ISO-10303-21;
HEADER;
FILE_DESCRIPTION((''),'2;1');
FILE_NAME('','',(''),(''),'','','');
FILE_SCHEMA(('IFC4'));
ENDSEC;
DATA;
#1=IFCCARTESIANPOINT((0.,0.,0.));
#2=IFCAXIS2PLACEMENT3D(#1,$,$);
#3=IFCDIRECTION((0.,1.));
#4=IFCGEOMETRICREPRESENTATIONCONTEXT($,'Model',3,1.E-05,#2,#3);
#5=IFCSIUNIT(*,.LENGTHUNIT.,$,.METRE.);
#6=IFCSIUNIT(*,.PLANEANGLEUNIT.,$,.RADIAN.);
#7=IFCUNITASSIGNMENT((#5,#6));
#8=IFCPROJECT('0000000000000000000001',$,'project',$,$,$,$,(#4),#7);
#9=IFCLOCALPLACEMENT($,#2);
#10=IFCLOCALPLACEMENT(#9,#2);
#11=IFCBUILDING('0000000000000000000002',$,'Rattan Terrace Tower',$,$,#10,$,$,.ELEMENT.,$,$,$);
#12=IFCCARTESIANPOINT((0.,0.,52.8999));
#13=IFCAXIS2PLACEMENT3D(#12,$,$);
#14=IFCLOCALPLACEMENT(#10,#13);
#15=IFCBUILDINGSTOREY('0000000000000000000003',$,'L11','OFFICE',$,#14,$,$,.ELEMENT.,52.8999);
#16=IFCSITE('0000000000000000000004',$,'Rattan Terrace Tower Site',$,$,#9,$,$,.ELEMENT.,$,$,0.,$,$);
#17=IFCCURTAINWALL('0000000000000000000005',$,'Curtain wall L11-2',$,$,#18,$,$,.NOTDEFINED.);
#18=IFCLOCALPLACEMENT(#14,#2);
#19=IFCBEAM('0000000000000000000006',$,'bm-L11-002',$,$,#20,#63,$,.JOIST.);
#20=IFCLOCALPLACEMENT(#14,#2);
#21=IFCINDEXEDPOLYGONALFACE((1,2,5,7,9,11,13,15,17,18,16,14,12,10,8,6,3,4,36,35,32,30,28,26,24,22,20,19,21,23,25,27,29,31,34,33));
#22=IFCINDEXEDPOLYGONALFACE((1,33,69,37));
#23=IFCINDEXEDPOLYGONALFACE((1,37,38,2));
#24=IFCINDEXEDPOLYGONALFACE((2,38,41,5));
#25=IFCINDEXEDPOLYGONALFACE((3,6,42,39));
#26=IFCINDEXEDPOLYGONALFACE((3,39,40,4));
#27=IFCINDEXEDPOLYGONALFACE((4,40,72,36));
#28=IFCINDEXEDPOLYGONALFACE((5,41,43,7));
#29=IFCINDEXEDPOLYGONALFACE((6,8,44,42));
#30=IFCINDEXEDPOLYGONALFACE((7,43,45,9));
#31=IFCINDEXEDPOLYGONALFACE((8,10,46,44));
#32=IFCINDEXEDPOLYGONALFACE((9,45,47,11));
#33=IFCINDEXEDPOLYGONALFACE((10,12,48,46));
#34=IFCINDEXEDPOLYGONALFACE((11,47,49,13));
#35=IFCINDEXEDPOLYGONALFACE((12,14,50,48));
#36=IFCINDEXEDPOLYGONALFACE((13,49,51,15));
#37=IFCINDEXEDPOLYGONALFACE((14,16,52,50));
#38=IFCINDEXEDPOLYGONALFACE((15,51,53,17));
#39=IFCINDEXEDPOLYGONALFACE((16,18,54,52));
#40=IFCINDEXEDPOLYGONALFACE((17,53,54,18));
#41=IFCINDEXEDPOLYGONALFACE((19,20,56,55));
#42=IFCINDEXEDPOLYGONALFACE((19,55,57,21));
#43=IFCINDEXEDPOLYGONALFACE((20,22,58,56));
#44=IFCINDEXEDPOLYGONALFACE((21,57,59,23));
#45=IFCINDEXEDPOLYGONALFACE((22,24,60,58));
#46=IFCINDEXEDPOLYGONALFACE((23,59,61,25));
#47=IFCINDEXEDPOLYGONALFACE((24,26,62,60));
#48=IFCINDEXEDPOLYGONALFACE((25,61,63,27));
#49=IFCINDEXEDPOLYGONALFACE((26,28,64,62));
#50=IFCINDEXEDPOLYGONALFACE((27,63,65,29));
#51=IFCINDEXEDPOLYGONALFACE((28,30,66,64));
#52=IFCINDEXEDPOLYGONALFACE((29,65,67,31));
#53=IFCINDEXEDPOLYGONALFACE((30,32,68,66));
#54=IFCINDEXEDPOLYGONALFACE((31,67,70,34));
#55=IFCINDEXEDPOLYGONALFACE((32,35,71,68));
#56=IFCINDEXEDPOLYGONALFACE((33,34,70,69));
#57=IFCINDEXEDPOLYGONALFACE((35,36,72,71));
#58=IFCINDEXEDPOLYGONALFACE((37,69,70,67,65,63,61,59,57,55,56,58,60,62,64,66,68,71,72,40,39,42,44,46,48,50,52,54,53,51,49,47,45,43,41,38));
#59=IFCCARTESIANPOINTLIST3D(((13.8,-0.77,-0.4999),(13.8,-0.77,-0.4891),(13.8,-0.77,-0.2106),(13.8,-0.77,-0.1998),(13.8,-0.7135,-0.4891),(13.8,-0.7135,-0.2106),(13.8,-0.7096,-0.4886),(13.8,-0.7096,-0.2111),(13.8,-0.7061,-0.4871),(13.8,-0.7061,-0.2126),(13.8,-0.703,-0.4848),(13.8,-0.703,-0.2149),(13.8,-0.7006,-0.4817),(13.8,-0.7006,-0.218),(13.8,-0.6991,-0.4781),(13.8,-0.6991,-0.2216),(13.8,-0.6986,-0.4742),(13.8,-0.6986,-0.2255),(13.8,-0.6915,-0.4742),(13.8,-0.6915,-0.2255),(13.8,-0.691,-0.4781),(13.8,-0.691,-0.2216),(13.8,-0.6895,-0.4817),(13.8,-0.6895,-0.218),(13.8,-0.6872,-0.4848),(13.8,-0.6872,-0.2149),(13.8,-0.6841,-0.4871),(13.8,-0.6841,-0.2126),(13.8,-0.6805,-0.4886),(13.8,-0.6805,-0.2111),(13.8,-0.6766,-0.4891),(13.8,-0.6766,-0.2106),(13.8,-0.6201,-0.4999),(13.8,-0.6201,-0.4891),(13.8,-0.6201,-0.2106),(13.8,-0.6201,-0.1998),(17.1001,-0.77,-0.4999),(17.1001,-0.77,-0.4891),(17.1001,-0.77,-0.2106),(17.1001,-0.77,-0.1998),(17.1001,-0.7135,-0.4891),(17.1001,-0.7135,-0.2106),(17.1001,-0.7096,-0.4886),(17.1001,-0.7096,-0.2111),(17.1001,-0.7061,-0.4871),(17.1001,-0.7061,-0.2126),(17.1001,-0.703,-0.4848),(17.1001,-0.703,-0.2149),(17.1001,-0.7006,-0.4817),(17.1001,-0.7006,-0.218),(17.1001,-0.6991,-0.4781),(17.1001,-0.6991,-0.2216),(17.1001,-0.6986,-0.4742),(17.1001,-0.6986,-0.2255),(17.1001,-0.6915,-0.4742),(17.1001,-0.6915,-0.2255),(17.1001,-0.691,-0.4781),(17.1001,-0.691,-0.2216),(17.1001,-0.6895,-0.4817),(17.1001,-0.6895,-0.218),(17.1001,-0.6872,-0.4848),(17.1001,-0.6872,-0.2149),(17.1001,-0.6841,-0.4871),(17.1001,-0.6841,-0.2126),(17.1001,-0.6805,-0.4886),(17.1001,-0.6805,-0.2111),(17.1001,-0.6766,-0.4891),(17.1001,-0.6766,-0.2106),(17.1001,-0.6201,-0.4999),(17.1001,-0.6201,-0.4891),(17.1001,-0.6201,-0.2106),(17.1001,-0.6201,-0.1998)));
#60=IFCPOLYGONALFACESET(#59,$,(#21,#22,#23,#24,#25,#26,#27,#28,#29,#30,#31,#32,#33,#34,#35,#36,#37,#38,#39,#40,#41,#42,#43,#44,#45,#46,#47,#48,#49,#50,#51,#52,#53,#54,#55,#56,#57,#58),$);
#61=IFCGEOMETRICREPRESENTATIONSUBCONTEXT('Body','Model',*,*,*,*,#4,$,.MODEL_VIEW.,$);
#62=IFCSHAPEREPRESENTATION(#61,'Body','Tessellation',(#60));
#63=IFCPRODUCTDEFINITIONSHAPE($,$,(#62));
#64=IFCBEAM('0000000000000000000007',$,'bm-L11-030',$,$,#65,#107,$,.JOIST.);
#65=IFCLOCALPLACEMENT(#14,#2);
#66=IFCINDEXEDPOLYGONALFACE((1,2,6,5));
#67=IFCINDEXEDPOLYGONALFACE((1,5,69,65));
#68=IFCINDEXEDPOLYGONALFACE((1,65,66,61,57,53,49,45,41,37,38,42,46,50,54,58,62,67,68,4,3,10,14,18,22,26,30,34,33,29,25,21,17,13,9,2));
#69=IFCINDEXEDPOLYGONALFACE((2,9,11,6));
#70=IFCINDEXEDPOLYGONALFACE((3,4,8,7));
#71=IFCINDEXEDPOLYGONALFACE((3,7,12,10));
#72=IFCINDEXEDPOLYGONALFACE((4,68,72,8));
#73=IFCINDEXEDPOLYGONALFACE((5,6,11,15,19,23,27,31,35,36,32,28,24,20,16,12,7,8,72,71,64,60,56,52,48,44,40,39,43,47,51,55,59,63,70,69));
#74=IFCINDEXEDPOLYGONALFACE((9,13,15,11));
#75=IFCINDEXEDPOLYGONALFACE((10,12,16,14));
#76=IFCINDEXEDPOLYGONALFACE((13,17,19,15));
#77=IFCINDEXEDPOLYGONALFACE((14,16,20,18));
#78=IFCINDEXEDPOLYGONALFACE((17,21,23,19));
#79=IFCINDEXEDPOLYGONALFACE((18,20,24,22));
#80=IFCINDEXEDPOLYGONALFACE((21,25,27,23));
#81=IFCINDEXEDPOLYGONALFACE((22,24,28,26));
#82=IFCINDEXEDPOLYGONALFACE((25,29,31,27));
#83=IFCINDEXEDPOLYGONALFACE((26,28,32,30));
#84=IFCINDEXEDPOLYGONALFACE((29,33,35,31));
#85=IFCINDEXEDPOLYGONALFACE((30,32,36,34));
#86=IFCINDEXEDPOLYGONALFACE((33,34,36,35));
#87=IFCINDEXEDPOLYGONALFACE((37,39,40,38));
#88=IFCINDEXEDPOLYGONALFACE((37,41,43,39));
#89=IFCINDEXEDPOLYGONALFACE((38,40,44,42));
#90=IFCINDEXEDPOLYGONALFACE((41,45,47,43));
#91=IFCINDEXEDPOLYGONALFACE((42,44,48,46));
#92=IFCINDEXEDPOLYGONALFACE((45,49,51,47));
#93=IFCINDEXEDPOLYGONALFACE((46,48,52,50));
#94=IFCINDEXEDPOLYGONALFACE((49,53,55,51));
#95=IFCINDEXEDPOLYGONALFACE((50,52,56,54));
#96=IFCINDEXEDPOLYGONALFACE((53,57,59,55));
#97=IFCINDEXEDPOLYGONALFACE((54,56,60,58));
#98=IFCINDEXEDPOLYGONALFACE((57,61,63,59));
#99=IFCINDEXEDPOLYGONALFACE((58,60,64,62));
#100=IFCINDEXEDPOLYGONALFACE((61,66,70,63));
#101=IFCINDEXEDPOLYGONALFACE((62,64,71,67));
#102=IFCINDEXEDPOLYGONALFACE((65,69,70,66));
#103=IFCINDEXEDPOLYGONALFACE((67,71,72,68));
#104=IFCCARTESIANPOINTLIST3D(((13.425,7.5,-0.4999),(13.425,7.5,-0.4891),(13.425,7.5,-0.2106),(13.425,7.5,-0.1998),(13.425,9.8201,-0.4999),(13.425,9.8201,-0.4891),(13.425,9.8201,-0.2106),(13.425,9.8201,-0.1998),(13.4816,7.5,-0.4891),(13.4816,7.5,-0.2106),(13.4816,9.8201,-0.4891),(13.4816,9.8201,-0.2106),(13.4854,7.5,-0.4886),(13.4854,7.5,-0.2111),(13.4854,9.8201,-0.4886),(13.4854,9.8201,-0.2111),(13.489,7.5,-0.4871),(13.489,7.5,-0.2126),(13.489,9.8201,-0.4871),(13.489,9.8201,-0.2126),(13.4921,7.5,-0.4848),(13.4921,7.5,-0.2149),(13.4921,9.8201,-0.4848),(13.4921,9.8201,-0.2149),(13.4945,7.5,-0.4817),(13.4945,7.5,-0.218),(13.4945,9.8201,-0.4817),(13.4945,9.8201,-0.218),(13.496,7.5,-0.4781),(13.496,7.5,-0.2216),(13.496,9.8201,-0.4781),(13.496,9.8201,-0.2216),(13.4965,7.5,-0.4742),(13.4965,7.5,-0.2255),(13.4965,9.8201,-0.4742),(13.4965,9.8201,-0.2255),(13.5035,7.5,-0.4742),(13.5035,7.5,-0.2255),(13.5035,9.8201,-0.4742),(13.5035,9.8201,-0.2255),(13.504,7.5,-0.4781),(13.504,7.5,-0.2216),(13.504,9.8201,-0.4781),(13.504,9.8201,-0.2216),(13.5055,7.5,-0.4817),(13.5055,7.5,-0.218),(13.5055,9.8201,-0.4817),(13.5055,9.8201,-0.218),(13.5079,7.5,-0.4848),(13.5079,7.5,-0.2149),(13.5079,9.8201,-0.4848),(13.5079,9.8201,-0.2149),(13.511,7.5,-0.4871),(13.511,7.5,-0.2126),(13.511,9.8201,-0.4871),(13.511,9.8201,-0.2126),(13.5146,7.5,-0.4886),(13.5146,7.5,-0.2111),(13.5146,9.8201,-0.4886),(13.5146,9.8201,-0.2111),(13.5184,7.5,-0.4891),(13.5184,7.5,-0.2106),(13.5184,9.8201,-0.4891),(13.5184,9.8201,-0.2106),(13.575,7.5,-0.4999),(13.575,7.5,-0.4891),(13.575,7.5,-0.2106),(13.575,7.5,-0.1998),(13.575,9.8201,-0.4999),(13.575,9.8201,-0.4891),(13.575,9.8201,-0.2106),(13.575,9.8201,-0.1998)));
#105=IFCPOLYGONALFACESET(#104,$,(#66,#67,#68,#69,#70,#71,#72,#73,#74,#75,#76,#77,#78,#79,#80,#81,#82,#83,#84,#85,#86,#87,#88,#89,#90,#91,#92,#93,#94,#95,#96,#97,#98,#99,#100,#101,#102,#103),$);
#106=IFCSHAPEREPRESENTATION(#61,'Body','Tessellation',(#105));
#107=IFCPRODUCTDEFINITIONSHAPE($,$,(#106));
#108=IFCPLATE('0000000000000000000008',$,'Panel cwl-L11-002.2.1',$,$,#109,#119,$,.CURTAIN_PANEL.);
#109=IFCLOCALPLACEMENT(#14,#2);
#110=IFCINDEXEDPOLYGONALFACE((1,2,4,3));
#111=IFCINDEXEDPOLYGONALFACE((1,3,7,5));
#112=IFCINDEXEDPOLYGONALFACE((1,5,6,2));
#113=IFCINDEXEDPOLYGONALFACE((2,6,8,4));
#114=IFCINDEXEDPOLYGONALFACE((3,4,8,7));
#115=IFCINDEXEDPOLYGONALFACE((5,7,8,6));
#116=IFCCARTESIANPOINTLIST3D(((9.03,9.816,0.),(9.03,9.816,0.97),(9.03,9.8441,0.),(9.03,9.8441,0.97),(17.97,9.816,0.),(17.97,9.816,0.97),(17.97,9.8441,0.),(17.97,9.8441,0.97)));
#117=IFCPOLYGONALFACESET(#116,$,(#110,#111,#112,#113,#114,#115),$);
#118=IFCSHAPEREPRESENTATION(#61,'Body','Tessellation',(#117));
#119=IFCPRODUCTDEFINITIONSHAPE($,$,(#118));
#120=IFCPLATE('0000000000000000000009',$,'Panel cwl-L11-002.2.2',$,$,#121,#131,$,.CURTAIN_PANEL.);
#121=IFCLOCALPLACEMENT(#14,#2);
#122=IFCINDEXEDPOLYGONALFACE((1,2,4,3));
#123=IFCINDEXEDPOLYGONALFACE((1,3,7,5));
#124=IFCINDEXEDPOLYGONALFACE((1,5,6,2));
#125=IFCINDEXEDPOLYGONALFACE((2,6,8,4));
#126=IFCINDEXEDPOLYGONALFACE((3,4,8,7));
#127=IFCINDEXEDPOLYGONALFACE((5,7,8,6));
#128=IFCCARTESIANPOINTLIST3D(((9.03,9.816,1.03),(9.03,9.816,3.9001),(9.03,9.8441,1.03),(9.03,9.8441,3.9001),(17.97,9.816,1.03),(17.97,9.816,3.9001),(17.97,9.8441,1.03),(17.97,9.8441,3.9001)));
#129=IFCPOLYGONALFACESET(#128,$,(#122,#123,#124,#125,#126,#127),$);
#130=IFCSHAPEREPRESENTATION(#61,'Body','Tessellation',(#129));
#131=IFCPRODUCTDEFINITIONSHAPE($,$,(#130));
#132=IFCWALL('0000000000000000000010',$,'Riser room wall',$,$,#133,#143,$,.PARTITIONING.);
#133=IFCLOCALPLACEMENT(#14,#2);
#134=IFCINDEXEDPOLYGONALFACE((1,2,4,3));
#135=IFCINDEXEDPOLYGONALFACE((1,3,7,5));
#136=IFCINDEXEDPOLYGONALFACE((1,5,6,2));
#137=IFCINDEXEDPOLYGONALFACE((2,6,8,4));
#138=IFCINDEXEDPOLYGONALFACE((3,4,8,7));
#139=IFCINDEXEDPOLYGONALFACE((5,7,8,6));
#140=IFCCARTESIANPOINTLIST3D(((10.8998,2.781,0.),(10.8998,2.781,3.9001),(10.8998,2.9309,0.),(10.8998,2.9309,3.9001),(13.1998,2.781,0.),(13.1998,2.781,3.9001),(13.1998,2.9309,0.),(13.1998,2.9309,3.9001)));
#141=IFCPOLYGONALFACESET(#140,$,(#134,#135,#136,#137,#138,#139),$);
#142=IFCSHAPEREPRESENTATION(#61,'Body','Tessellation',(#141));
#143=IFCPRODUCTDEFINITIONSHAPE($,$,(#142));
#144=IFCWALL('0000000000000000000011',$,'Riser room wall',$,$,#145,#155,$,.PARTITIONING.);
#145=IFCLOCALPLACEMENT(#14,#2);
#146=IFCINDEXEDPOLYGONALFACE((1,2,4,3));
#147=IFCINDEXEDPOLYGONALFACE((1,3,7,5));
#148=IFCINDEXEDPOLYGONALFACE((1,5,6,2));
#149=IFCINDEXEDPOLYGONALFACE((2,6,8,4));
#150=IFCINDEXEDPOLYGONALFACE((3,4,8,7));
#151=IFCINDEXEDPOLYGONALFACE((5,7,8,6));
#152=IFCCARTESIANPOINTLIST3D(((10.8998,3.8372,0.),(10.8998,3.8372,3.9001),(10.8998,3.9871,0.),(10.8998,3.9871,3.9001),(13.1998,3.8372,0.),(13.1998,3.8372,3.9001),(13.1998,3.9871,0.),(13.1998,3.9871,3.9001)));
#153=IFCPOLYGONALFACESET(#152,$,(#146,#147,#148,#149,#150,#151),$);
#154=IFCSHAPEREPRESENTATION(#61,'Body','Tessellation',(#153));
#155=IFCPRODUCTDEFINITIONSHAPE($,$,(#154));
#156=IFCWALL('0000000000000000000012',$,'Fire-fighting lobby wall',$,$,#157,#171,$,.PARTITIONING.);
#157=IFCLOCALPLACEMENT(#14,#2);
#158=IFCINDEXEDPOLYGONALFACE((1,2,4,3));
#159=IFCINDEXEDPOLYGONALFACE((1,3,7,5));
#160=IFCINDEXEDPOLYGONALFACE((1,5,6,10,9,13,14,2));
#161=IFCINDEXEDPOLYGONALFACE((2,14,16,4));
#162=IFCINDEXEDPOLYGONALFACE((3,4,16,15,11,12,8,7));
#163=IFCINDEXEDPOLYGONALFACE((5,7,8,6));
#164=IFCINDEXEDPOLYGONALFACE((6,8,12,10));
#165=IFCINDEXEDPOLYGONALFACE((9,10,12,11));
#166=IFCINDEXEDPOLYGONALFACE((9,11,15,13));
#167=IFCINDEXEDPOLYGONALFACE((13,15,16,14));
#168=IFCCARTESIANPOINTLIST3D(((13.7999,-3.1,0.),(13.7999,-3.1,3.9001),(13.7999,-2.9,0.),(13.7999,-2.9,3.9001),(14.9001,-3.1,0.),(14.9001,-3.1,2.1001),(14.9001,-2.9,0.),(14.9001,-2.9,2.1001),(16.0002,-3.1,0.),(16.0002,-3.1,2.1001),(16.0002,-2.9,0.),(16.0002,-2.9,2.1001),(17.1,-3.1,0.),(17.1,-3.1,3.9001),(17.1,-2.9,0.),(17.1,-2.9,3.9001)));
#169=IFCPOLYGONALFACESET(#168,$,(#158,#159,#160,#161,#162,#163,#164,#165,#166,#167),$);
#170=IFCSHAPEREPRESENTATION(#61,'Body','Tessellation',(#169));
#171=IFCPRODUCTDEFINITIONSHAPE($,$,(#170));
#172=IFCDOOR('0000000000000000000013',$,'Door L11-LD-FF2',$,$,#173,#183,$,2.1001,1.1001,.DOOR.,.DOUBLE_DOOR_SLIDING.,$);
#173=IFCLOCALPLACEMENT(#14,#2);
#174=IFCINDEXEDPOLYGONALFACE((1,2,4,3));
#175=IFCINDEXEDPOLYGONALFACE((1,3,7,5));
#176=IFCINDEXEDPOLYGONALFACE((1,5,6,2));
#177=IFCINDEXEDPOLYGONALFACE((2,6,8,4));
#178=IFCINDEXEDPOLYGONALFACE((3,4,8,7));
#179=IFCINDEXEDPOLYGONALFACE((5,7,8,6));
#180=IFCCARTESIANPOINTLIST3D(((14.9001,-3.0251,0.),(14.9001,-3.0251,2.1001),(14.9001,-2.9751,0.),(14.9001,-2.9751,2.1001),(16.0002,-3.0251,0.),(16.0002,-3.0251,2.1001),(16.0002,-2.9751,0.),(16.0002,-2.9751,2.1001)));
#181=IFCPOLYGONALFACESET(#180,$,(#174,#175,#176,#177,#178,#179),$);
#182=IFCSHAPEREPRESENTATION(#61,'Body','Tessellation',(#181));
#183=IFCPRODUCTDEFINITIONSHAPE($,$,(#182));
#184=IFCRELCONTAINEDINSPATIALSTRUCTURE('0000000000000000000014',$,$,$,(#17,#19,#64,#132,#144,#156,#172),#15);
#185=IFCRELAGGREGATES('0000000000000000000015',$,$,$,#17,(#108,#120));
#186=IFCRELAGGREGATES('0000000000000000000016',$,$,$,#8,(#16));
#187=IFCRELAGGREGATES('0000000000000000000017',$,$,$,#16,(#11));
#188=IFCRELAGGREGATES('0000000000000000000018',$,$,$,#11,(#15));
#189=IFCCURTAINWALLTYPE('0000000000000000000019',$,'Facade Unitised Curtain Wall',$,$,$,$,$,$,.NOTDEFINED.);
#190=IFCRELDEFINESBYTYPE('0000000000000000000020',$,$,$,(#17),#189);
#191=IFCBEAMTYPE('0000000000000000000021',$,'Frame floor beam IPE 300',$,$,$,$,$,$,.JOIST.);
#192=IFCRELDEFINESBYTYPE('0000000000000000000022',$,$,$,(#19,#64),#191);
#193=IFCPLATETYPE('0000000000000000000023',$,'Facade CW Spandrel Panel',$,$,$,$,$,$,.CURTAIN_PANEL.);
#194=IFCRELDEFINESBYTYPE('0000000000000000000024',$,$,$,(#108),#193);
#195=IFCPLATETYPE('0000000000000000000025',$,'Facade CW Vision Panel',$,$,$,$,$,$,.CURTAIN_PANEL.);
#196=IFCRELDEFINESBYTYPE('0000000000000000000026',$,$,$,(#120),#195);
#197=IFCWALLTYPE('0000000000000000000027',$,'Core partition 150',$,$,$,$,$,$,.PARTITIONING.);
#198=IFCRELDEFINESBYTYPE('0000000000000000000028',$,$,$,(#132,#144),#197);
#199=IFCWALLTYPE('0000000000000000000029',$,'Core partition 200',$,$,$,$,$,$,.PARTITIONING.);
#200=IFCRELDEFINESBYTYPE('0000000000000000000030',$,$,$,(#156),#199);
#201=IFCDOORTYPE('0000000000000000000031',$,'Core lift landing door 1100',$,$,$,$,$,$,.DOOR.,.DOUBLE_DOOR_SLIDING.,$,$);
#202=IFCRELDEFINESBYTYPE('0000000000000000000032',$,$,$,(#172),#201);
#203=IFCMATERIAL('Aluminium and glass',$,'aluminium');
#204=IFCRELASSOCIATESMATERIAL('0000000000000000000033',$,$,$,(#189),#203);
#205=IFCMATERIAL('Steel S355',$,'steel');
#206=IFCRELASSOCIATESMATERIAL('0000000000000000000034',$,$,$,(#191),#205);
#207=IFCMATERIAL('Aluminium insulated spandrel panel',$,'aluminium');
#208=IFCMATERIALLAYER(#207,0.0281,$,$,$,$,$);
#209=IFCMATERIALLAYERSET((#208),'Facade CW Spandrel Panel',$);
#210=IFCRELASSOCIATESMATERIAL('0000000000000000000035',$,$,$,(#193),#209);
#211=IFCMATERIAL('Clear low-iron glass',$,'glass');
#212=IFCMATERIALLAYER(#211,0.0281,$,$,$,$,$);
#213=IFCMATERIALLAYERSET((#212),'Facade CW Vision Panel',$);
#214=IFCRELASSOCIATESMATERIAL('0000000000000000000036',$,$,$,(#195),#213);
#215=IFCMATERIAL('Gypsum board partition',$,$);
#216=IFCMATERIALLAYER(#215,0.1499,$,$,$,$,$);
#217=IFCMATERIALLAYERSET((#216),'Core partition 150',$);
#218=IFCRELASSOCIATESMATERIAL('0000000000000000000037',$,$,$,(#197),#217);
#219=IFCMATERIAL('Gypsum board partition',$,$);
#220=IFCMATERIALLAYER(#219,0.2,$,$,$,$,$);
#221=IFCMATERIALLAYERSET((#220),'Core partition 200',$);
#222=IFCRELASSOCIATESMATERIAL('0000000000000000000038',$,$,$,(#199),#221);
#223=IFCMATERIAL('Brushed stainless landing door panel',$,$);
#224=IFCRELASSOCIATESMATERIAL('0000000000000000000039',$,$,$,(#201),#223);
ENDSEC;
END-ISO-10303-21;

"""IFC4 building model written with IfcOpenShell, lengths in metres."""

from ifc_helpers import new_model, si_unit, direction, frame, frame_2d, origin, origin_2d, place, context, subcontext, project, spatial, rectangle, i_section, extrude, material, layer, layer_set, material_profile, profile_set, type_object, element, fill, aggregate, save


model = new_model("IFC4")

# Units and contexts
model_context = context("Model", 3, precision=1e-05, world=origin(), true_north=direction((0.0, 1.0)))
body_context = subcontext(model_context, "Body", "Model", "MODEL_VIEW")
ifc_project = project(units=[si_unit("LENGTHUNIT", "METRE"), si_unit("PLANEANGLEUNIT", "RADIAN")], contexts=[model_context])

# Site, building, storey
site_placement = place(None, origin())
site = spatial("IfcSite", under=ifc_project, at=site_placement, Name="Rattan Terrace Tower Site", CompositionType="ELEMENT", RefElevation=0.0)
building_placement = place(site_placement, origin())
building = spatial("IfcBuilding", under=site, at=building_placement, Name="Rattan Terrace Tower", CompositionType="ELEMENT")
storey_placement = place(building_placement, frame((0.0, 0.0, 52.8999)))
storey = spatial("IfcBuildingStorey", under=building, at=storey_placement, Name="L11", Description="OFFICE", CompositionType="ELEMENT", Elevation=52.8999)

# Curtain wall
ifc_material_1 = material(Name="Aluminium and glass", Category="aluminium")
curtain_wall_type = type_object("IfcCurtainWallType", Name="Facade Unitised Curtain Wall", PredefinedType="NOTDEFINED", material=ifc_material_1)
curtain_wall_placement = place(storey_placement, origin())
curtain_wall = element("IfcCurtainWall", 1, at=curtain_wall_placement, inside=storey, type_object=curtain_wall_type, Name="Curtain wall L11-2", PredefinedType="NOTDEFINED")

# Beams
ifc_material_2 = material(Name="Steel S355", Category="steel")
ifc_material_profile_1 = material_profile(ifc_material_2, i_section(OverallWidth=0.1499, OverallDepth=0.3, WebThickness=0.0071, FlangeThickness=0.0107, FilletRadius=0.0149, at=origin_2d()), Name="IPE 300")
ifc_profile_set_1 = profile_set([ifc_material_profile_1], Name="Steel S355")
beam_type_1 = type_object("IfcBeamType", Name="Frame floor beam IPE 300", PredefinedType="JOIST", material=ifc_profile_set_1)
beam_1_placement = place(storey_placement, frame((13.8, -0.6951, -0.3499), z_axis=(1.0, 0.0, 0.0), x_axis=(0.0, 1.0, 0.0)))
element("IfcBeam", 2, at=beam_1_placement, inside=storey, type_object=beam_type_1, Name="bm-L11-002", PredefinedType="JOIST", context=body_context, shape_type="SweptSolid", body=[
    extrude(i_section(OverallWidth=0.1499, OverallDepth=0.3, WebThickness=0.0071, FlangeThickness=0.0107, FilletRadius=0.0149, at=origin_2d()), origin(), (0.0, 0.0, 1.0), 3.3),
])
beam_2_placement = place(storey_placement, frame((13.5, 7.5, -0.3499), z_axis=(0.0, 1.0, 0.0), x_axis=(-1.0, 0.0, 0.0)))
element("IfcBeam", 3, at=beam_2_placement, inside=storey, type_object=beam_type_1, Name="bm-L11-030", PredefinedType="JOIST", context=body_context, shape_type="SweptSolid", body=[
    extrude(i_section(OverallWidth=0.1499, OverallDepth=0.3, WebThickness=0.0071, FlangeThickness=0.0107, FilletRadius=0.0149, at=origin_2d()), origin(), (0.0, 0.0, 1.0), 2.3201),
])

# Plates
ifc_material_3 = material(Name="Aluminium insulated spandrel panel", Category="aluminium")
ifc_layer_1 = layer(ifc_material_3, 0.0281)
ifc_layer_set_1 = layer_set([ifc_layer_1], Name="Facade CW Spandrel Panel")
plate_type_1 = type_object("IfcPlateType", Name="Facade CW Spandrel Panel", PredefinedType="CURTAIN_PANEL", material=ifc_layer_set_1)
plate_1_placement = place(storey_placement, frame((13.5, 9.8301, 0.0), z_axis=(0.0, 0.0, 1.0), x_axis=(-1.0, 0.0, 0.0)))
plate_1 = element("IfcPlate", 4, at=plate_1_placement, type_object=plate_type_1, Name="Panel cwl-L11-002.2.1", PredefinedType="CURTAIN_PANEL", context=body_context, shape_type="SweptSolid", body=[
    extrude(rectangle(XDim=8.9399, YDim=0.0281, at=origin_2d()), origin(), (0.0, 0.0, 1.0), 0.97),
])
ifc_material_4 = material(Name="Clear low-iron glass", Category="glass")
ifc_layer_2 = layer(ifc_material_4, 0.0281)
ifc_layer_set_2 = layer_set([ifc_layer_2], Name="Facade CW Vision Panel")
plate_type_2 = type_object("IfcPlateType", Name="Facade CW Vision Panel", PredefinedType="CURTAIN_PANEL", material=ifc_layer_set_2)
plate_2_placement = place(storey_placement, frame((13.5, 9.8301, 1.03), z_axis=(0.0, 0.0, 1.0), x_axis=(-1.0, 0.0, 0.0)))
plate_2 = element("IfcPlate", 5, at=plate_2_placement, type_object=plate_type_2, Name="Panel cwl-L11-002.2.2", PredefinedType="CURTAIN_PANEL", context=body_context, shape_type="SweptSolid", body=[
    extrude(rectangle(XDim=8.9399, YDim=0.0281, at=origin_2d()), origin(), (0.0, 0.0, 1.0), 2.8701),
])
aggregate(curtain_wall, [plate_1, plate_2])

# Walls
ifc_material_5 = material(Name="Gypsum board partition")
ifc_layer_3 = layer(ifc_material_5, 0.1499)
ifc_layer_set_3 = layer_set([ifc_layer_3], Name="Core partition 150")
wall_type_1 = type_object("IfcWallType", Name="Core partition 150", PredefinedType="PARTITIONING", material=ifc_layer_set_3)
for number, where, z_axis, x_axis, name in (
    (6, (10.8999, 2.856, 0.0), (0.0, 0.0, 1.0), (1.0, 0.0, 0.0), "Riser room wall"),
    (7, (10.8999, 3.9121, 0.0), (0.0, 0.0, 1.0), (1.0, 0.0, 0.0), "Riser room wall"),
):
    element("IfcWall", number, at=place(storey_placement, frame(where, z_axis=z_axis, x_axis=x_axis)), inside=storey, type_object=wall_type_1, Name=name, PredefinedType="PARTITIONING", context=body_context, shape_type="SweptSolid", body=[
        extrude(rectangle(XDim=2.3, YDim=0.1499, at=frame_2d((1.1499, 0.0))), origin(), (0.0, 0.0, 1.0), 3.9001),
    ])

# Wall, opening, door
ifc_material_6 = material(Name="Gypsum board partition")
ifc_layer_4 = layer(ifc_material_6, 0.2)
ifc_layer_set_4 = layer_set([ifc_layer_4], Name="Core partition 200")
wall_type_2 = type_object("IfcWallType", Name="Core partition 200", PredefinedType="PARTITIONING", material=ifc_layer_set_4)
wall_1_placement = place(storey_placement, frame((13.8, -3.0, 0.0), z_axis=(0.0, 0.0, 1.0), x_axis=(1.0, 0.0, 0.0)))
wall_1 = element("IfcWall", 8, at=wall_1_placement, inside=storey, type_object=wall_type_2, Name="Fire-fighting lobby wall", PredefinedType="PARTITIONING", context=body_context, shape_type="SweptSolid", body=[
    extrude(rectangle(XDim=3.3, YDim=0.2, at=frame_2d((1.6499, 0.0))), origin(), (0.0, 0.0, 1.0), 3.9001),
])
opening_1_placement = place(wall_1_placement, frame((1.1001, 0.0, 0.0)))
opening_1 = element("IfcOpeningElement", 9, at=opening_1_placement, cuts=wall_1, PredefinedType="OPENING", context=body_context, shape_type="SweptSolid", body=[
    extrude(rectangle(XDim=1.1001, YDim=2.1001, at=frame_2d((0.55, 1.05))), frame((0.0, 0.1106, 0.0), z_axis=(0.0, -1.0, 0.0), x_axis=(1.0, 0.0, 0.0)), (0.0, 0.0, 1.0), 0.2209),
])
ifc_material_7 = material(Name="Brushed stainless landing door panel")
door_type_1 = type_object("IfcDoorType", Name="Core lift landing door 1100", OperationType="DOUBLE_DOOR_SLIDING", PredefinedType="DOOR", material=ifc_material_7)
door_1_placement = place(opening_1_placement, origin())
door_1 = element("IfcDoor", 10, at=door_1_placement, inside=storey, type_object=door_type_1, Name="Door L11-LD-FF2", OperationType="DOUBLE_DOOR_SLIDING", OverallHeight=2.1001, OverallWidth=1.1001, PredefinedType="DOOR", context=body_context, shape_type="SweptSolid", body=[
    extrude(rectangle(XDim=1.1001, YDim=2.1001, at=frame_2d((0.55, 1.05))), frame((0.0, 0.0249, 0.0), z_axis=(0.0, -1.0, 0.0), x_axis=(1.0, 0.0, 0.0)), (0.0, 0.0, 1.0), 0.05),
])
fill(opening_1, door_1)

save(model, "model.ifc")
